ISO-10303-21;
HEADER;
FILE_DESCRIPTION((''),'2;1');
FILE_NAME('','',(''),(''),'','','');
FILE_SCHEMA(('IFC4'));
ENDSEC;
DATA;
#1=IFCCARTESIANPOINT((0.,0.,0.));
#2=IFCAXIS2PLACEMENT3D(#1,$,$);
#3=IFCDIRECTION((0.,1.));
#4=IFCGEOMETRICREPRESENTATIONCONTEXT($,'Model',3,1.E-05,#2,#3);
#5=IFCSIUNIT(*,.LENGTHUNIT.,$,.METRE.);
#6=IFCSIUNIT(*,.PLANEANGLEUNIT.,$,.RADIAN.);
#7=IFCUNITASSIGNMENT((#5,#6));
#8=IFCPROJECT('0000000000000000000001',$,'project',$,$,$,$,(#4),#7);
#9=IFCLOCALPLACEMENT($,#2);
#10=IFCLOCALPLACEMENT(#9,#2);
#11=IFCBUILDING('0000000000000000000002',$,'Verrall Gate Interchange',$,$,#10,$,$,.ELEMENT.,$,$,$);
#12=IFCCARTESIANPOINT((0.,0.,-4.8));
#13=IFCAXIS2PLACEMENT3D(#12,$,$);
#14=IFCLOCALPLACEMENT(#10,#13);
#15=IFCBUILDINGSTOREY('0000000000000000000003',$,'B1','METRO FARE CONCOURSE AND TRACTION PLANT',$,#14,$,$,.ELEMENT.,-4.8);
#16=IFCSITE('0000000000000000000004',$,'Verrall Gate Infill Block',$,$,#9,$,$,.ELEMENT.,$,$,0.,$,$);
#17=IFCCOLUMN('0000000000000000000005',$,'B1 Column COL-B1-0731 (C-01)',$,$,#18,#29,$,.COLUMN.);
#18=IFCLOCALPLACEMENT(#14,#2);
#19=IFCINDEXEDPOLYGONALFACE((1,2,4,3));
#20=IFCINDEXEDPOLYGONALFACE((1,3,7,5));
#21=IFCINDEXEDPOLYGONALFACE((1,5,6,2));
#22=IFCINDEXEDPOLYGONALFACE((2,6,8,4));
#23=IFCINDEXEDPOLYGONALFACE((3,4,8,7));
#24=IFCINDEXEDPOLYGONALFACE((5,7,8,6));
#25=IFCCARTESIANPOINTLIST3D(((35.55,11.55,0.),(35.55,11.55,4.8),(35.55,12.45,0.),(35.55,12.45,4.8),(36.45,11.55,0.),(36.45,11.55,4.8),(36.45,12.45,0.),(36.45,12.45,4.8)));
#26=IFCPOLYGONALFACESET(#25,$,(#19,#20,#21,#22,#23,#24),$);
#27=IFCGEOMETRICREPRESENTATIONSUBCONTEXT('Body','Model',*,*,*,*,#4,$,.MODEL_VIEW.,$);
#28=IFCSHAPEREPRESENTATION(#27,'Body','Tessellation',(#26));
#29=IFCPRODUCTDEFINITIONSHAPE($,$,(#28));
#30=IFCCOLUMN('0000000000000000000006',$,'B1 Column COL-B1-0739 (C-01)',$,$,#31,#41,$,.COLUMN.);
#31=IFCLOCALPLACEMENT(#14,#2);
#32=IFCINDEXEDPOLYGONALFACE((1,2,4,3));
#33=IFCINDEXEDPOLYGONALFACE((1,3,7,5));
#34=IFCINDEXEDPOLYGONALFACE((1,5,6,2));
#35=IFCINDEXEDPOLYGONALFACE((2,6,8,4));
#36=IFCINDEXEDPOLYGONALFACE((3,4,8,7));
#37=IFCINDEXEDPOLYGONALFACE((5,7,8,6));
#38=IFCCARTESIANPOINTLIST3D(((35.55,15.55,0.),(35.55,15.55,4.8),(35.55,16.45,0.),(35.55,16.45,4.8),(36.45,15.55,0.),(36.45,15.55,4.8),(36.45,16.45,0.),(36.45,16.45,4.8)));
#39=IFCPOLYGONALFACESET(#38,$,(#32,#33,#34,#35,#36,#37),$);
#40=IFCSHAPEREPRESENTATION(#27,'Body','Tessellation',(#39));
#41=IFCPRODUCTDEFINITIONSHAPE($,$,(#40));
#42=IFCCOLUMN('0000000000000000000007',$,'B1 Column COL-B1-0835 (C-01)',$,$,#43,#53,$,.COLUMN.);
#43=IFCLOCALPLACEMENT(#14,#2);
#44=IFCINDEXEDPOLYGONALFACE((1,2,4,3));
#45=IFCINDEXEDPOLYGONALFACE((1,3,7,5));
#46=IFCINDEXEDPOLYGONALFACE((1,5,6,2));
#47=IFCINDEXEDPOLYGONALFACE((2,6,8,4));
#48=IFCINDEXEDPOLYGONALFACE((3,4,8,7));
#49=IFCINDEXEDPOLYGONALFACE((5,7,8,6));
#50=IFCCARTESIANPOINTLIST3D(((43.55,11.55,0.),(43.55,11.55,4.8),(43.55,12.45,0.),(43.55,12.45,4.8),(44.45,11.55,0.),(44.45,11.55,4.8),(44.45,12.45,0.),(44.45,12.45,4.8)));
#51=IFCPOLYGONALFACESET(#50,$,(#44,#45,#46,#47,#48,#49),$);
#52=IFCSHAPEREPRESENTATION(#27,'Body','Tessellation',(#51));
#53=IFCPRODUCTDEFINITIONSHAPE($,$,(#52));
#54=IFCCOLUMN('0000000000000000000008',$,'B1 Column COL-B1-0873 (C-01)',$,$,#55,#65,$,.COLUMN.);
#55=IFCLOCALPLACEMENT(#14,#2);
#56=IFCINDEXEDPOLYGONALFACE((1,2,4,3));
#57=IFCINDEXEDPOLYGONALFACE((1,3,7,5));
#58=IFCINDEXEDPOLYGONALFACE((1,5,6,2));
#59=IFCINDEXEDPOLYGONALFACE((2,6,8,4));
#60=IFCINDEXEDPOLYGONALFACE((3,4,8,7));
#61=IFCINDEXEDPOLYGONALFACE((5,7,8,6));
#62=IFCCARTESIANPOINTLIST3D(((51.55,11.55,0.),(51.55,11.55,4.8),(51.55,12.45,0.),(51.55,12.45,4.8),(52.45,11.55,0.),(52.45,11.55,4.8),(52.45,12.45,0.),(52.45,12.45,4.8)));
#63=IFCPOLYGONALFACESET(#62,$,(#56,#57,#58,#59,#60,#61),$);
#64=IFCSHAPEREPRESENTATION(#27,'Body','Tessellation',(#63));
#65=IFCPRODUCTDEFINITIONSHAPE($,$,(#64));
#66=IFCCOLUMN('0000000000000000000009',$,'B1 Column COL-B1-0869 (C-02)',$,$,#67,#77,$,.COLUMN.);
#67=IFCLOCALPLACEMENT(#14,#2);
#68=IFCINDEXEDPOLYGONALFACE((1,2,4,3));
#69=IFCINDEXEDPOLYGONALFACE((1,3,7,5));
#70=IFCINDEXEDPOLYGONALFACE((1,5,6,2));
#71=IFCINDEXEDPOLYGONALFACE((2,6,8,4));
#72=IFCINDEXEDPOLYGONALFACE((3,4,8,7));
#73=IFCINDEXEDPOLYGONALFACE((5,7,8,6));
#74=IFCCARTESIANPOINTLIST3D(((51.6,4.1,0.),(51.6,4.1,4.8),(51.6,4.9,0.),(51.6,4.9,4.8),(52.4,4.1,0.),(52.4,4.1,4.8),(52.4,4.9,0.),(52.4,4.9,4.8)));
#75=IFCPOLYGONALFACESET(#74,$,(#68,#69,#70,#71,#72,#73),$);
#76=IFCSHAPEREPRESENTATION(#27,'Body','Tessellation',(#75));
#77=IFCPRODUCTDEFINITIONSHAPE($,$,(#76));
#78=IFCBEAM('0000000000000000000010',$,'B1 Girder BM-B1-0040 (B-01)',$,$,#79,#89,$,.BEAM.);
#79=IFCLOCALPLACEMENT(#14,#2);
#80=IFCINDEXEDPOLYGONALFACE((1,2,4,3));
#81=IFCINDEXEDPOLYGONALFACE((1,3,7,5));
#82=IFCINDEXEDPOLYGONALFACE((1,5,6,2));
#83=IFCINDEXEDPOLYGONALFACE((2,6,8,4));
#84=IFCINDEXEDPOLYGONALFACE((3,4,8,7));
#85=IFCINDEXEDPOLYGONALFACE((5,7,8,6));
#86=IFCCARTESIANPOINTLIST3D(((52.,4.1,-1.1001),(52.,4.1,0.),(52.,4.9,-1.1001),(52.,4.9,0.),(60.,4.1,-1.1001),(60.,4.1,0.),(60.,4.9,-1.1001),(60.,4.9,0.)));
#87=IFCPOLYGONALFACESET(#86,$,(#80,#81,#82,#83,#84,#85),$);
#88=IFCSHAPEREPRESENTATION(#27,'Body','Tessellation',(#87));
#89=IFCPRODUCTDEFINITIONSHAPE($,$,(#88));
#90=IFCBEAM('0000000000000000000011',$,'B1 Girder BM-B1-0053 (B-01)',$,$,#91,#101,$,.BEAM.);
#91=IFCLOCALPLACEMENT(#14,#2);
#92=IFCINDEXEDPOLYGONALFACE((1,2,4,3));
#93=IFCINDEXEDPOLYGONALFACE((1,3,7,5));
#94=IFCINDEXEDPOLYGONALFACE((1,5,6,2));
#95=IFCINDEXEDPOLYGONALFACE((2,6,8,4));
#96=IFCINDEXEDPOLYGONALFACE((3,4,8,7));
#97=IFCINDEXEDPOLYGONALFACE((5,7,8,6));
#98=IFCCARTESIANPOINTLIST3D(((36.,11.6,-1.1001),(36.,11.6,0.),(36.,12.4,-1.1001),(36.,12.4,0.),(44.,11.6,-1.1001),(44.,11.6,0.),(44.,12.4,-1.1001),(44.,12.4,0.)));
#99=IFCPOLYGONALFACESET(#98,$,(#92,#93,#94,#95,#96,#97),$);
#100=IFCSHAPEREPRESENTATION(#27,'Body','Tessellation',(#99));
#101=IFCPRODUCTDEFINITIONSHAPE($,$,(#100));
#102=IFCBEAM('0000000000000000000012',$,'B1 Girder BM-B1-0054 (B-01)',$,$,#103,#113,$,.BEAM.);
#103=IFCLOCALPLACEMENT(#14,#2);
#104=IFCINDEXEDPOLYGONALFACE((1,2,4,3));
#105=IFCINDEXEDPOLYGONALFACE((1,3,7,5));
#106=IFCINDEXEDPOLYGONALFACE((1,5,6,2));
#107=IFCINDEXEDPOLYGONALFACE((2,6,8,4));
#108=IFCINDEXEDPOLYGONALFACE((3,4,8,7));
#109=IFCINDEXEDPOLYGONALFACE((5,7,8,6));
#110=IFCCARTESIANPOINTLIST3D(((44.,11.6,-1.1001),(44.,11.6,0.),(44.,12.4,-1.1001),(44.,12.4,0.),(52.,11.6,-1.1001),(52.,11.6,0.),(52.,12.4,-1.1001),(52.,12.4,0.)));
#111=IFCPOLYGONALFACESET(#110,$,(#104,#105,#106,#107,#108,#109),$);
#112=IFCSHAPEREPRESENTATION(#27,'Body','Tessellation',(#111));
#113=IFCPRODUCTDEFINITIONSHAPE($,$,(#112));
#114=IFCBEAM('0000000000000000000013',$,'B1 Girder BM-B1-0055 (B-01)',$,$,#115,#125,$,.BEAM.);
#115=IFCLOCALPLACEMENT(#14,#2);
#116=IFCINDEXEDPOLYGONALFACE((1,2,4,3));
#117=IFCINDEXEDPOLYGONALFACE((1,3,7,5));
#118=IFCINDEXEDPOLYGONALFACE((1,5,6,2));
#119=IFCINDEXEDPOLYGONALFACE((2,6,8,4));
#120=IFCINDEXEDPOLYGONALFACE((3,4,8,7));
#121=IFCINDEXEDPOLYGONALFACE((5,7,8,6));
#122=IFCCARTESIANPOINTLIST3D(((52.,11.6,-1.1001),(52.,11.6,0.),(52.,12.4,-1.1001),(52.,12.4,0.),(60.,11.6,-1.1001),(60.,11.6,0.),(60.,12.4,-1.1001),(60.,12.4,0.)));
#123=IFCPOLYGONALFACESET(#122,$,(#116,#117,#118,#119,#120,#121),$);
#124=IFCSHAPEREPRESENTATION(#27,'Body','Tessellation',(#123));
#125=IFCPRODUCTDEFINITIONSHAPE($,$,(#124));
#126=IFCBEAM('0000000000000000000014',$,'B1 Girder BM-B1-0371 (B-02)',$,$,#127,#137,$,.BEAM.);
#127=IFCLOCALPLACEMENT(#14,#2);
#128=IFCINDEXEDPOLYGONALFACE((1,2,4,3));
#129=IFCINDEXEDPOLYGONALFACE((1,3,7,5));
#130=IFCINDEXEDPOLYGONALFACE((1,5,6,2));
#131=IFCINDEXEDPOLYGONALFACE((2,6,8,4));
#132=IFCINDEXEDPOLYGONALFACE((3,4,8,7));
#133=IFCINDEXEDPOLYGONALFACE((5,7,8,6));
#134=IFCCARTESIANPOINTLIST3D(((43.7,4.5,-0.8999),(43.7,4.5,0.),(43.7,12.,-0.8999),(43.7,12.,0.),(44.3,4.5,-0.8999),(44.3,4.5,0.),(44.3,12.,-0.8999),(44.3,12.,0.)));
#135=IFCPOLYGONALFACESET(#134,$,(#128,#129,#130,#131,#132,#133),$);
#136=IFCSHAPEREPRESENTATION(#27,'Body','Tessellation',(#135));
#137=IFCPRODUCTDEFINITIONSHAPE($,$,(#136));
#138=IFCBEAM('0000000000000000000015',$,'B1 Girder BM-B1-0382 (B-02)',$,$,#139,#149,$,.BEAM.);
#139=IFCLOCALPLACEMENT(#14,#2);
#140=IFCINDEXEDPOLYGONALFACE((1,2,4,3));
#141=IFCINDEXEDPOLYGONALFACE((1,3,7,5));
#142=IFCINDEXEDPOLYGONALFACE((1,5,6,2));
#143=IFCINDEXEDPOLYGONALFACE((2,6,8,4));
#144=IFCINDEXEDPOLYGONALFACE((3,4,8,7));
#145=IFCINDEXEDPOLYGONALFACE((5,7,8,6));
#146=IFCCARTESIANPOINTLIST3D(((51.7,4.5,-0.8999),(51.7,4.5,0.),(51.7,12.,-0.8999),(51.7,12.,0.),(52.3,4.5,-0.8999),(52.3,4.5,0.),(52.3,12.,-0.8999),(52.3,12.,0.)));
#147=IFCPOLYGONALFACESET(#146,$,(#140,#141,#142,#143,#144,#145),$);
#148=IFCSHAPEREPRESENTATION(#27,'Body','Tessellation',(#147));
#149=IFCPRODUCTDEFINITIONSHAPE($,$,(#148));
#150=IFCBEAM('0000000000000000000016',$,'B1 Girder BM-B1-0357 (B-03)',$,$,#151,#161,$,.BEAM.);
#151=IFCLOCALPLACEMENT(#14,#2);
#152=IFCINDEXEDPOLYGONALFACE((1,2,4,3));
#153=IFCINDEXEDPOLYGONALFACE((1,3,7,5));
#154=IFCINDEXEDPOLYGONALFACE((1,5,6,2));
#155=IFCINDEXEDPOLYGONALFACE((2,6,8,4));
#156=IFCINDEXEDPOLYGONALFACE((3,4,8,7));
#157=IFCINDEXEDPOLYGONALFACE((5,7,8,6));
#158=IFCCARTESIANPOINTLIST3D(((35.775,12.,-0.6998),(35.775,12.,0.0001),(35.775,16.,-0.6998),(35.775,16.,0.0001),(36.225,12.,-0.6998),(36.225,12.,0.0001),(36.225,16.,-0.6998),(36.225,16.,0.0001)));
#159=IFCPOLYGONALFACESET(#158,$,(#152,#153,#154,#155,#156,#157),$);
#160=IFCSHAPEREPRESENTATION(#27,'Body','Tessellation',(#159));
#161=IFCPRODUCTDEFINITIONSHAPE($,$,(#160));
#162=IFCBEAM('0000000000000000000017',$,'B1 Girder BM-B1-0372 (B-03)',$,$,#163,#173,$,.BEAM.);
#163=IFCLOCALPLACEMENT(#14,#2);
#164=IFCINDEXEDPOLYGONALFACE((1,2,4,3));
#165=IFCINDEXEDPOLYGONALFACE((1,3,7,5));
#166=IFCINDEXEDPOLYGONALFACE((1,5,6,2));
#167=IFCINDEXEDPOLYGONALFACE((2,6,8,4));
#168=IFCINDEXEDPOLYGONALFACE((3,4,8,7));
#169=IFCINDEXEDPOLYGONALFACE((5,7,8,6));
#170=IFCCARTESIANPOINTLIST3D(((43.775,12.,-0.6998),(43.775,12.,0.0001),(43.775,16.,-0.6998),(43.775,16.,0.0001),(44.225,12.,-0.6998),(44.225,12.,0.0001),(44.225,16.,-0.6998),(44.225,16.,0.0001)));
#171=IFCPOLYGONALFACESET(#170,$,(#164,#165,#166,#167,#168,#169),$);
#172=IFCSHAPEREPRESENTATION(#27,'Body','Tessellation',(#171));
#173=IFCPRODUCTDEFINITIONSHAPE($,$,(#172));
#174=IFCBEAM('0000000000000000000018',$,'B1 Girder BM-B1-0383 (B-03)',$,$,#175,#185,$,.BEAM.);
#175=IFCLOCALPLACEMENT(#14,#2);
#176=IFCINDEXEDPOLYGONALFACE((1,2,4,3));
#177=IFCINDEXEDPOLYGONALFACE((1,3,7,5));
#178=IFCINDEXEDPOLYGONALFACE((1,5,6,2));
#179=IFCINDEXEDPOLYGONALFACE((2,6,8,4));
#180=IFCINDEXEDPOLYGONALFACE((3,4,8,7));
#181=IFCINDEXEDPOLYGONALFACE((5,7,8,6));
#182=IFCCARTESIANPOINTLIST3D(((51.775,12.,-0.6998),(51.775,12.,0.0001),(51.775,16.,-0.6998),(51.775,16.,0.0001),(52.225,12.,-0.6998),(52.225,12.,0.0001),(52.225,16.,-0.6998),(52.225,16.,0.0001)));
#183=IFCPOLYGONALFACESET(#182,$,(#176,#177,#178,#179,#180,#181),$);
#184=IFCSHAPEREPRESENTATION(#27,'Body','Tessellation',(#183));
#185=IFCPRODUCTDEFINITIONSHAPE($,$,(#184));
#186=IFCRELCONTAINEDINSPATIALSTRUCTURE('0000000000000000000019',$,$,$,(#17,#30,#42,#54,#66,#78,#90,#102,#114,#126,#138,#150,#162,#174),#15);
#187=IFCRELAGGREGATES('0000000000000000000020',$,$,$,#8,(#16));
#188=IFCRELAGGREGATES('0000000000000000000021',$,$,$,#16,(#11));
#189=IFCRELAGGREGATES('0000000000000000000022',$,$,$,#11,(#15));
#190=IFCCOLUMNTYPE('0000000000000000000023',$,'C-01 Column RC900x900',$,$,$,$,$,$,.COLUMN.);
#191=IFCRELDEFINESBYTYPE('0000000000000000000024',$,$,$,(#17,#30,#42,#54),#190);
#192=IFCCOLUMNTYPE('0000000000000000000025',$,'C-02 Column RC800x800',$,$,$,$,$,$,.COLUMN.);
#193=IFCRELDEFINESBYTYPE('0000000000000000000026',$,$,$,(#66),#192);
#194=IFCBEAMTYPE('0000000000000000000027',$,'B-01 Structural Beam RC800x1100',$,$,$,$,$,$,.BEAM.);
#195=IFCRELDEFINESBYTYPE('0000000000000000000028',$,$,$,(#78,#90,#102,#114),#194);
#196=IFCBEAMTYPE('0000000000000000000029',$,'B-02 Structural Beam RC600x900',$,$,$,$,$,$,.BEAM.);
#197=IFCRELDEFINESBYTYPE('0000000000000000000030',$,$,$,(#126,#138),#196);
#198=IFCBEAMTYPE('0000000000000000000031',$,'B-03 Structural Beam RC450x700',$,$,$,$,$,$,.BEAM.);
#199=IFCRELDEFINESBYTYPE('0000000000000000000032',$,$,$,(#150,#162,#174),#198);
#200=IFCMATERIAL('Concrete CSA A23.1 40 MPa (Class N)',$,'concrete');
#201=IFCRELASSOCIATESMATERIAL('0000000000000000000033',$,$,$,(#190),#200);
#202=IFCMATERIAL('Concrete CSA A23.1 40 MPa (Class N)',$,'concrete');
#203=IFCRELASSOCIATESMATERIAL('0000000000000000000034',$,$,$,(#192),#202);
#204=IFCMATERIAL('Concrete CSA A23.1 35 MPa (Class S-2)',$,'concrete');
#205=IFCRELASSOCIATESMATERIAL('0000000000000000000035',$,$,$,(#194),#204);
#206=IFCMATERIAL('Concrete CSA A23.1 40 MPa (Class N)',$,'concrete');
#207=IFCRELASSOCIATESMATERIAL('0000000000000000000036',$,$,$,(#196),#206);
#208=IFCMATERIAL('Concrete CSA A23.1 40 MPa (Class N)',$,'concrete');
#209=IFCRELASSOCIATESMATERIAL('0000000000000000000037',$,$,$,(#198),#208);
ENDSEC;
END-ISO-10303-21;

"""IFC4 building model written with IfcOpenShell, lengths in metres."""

from ifc_helpers import new_model, si_unit, direction, frame, origin, origin_2d, place, context, subcontext, project, spatial, rectangle, extrude, material, material_profile, profile_set, type_object, element, save


model = new_model("IFC4")

# Units and contexts
model_context = context("Model", 3, precision=1e-05, world=origin(), true_north=direction((0.0, 1.0)))
body_context = subcontext(model_context, "Body", "Model", "MODEL_VIEW")
ifc_project = project(units=[si_unit("LENGTHUNIT", "METRE"), si_unit("PLANEANGLEUNIT", "RADIAN")], contexts=[model_context])

# Site, building, storey
site_placement = place(None, origin())
site = spatial("IfcSite", under=ifc_project, at=site_placement, Name="Verrall Gate Infill Block", CompositionType="ELEMENT", RefElevation=0.0)
building_placement = place(site_placement, origin())
building = spatial("IfcBuilding", under=site, at=building_placement, Name="Verrall Gate Interchange", CompositionType="ELEMENT")
storey_placement = place(building_placement, frame((0.0, 0.0, -4.8)))
storey = spatial("IfcBuildingStorey", under=building, at=storey_placement, Name="B1", Description="METRO FARE CONCOURSE AND TRACTION PLANT", CompositionType="ELEMENT", Elevation=-4.8)

# Columns
ifc_material_1 = material(Name="Concrete CSA A23.1 40 MPa (Class N)", Category="concrete")
ifc_material_profile_1 = material_profile(ifc_material_1, rectangle(XDim=0.8999, YDim=0.8999, at=origin_2d()), Name="RC900x900")
ifc_profile_set_1 = profile_set([ifc_material_profile_1], Name="Concrete CSA A23.1 40 MPa (Class N)")
column_type_1 = type_object("IfcColumnType", Name="C-01 Column RC900x900", PredefinedType="COLUMN", material=ifc_profile_set_1)
for number, where, z_axis, x_axis, name in (
    (1, (36.0, 12.0, 0.0), (0.0, 0.0, 1.0), (1.0, 0.0, 0.0), "B1 Column COL-B1-0731 (C-01)"),
    (2, (36.0, 16.0, 0.0), (0.0, 0.0, 1.0), (1.0, 0.0, 0.0), "B1 Column COL-B1-0739 (C-01)"),
    (3, (44.0, 12.0, 0.0), (0.0, 0.0, 1.0), (1.0, 0.0, 0.0), "B1 Column COL-B1-0835 (C-01)"),
    (4, (52.0, 12.0, 0.0), (0.0, 0.0, 1.0), (1.0, 0.0, 0.0), "B1 Column COL-B1-0873 (C-01)"),
):
    element("IfcColumn", number, at=place(storey_placement, frame(where, z_axis=z_axis, x_axis=x_axis)), inside=storey, type_object=column_type_1, Name=name, PredefinedType="COLUMN", context=body_context, shape_type="SweptSolid", body=[
        extrude(rectangle(XDim=0.8999, YDim=0.8999, at=origin_2d()), origin(), (0.0, 0.0, 1.0), 4.8),
    ])
ifc_material_2 = material(Name="Concrete CSA A23.1 40 MPa (Class N)", Category="concrete")
ifc_material_profile_2 = material_profile(ifc_material_2, rectangle(XDim=0.8, YDim=0.8, at=origin_2d()), Name="RC800x800")
ifc_profile_set_2 = profile_set([ifc_material_profile_2], Name="Concrete CSA A23.1 40 MPa (Class N)")
column_type_2 = type_object("IfcColumnType", Name="C-02 Column RC800x800", PredefinedType="COLUMN", material=ifc_profile_set_2)
column_placement = place(storey_placement, frame((52.0, 4.5, 0.0), z_axis=(0.0, 0.0, 1.0), x_axis=(1.0, 0.0, 0.0)))
element("IfcColumn", 5, at=column_placement, inside=storey, type_object=column_type_2, Name="B1 Column COL-B1-0869 (C-02)", PredefinedType="COLUMN", context=body_context, shape_type="SweptSolid", body=[
    extrude(rectangle(XDim=0.8, YDim=0.8, at=origin_2d()), origin(), (0.0, 0.0, 1.0), 4.8),
])

# Beams
ifc_material_3 = material(Name="Concrete CSA A23.1 35 MPa (Class S-2)", Category="concrete")
ifc_material_profile_3 = material_profile(ifc_material_3, rectangle(XDim=0.8, YDim=1.1001, at=origin_2d()), Name="RC800x1100")
ifc_profile_set_3 = profile_set([ifc_material_profile_3], Name="Concrete CSA A23.1 35 MPa (Class S-2)")
beam_type_1 = type_object("IfcBeamType", Name="B-01 Structural Beam RC800x1100", PredefinedType="BEAM", material=ifc_profile_set_3)
for number, where, z_axis, x_axis, name in (
    (6, (52.0, 4.5, -0.55), (1.0, 0.0, 0.0), (0.0, 1.0, 0.0), "B1 Girder BM-B1-0040 (B-01)"),
    (7, (36.0, 12.0, -0.55), (1.0, 0.0, 0.0), (0.0, 1.0, 0.0), "B1 Girder BM-B1-0053 (B-01)"),
    (8, (44.0, 12.0, -0.55), (1.0, 0.0, 0.0), (0.0, 1.0, 0.0), "B1 Girder BM-B1-0054 (B-01)"),
    (9, (52.0, 12.0, -0.55), (1.0, 0.0, 0.0), (0.0, 1.0, 0.0), "B1 Girder BM-B1-0055 (B-01)"),
):
    element("IfcBeam", number, at=place(storey_placement, frame(where, z_axis=z_axis, x_axis=x_axis)), inside=storey, type_object=beam_type_1, Name=name, PredefinedType="BEAM", context=body_context, shape_type="SweptSolid", body=[
        extrude(rectangle(XDim=0.8, YDim=1.1001, at=origin_2d()), origin(), (0.0, 0.0, 1.0), 8.0),
    ])
ifc_material_4 = material(Name="Concrete CSA A23.1 40 MPa (Class N)", Category="concrete")
ifc_material_profile_4 = material_profile(ifc_material_4, rectangle(XDim=0.6001, YDim=0.8999, at=origin_2d()), Name="RC600x900")
ifc_profile_set_4 = profile_set([ifc_material_profile_4], Name="Concrete CSA A23.1 40 MPa (Class N)")
beam_type_2 = type_object("IfcBeamType", Name="B-02 Structural Beam RC600x900", PredefinedType="BEAM", material=ifc_profile_set_4)
for number, where, z_axis, x_axis, name in (
    (10, (44.0, 4.5, -0.45), (0.0, 1.0, 0.0), (-1.0, 0.0, 0.0), "B1 Girder BM-B1-0371 (B-02)"),
    (11, (52.0, 4.5, -0.45), (0.0, 1.0, 0.0), (-1.0, 0.0, 0.0), "B1 Girder BM-B1-0382 (B-02)"),
):
    element("IfcBeam", number, at=place(storey_placement, frame(where, z_axis=z_axis, x_axis=x_axis)), inside=storey, type_object=beam_type_2, Name=name, PredefinedType="BEAM", context=body_context, shape_type="SweptSolid", body=[
        extrude(rectangle(XDim=0.6001, YDim=0.8999, at=origin_2d()), origin(), (0.0, 0.0, 1.0), 7.5),
    ])
ifc_material_5 = material(Name="Concrete CSA A23.1 40 MPa (Class N)", Category="concrete")
ifc_material_profile_5 = material_profile(ifc_material_5, rectangle(XDim=0.45, YDim=0.7, at=origin_2d()), Name="RC450x700")
ifc_profile_set_5 = profile_set([ifc_material_profile_5], Name="Concrete CSA A23.1 40 MPa (Class N)")
beam_type_3 = type_object("IfcBeamType", Name="B-03 Structural Beam RC450x700", PredefinedType="BEAM", material=ifc_profile_set_5)
for number, where, z_axis, x_axis, name in (
    (12, (36.0, 12.0, -0.3499), (0.0, 1.0, 0.0), (-1.0, 0.0, 0.0), "B1 Girder BM-B1-0357 (B-03)"),
    (13, (44.0, 12.0, -0.3499), (0.0, 1.0, 0.0), (-1.0, 0.0, 0.0), "B1 Girder BM-B1-0372 (B-03)"),
    (14, (52.0, 12.0, -0.3499), (0.0, 1.0, 0.0), (-1.0, 0.0, 0.0), "B1 Girder BM-B1-0383 (B-03)"),
):
    element("IfcBeam", number, at=place(storey_placement, frame(where, z_axis=z_axis, x_axis=x_axis)), inside=storey, type_object=beam_type_3, Name=name, PredefinedType="BEAM", context=body_context, shape_type="SweptSolid", body=[
        extrude(rectangle(XDim=0.45, YDim=0.7, at=origin_2d()), origin(), (0.0, 0.0, 1.0), 4.0),
    ])

save(model, "model.ifc")
